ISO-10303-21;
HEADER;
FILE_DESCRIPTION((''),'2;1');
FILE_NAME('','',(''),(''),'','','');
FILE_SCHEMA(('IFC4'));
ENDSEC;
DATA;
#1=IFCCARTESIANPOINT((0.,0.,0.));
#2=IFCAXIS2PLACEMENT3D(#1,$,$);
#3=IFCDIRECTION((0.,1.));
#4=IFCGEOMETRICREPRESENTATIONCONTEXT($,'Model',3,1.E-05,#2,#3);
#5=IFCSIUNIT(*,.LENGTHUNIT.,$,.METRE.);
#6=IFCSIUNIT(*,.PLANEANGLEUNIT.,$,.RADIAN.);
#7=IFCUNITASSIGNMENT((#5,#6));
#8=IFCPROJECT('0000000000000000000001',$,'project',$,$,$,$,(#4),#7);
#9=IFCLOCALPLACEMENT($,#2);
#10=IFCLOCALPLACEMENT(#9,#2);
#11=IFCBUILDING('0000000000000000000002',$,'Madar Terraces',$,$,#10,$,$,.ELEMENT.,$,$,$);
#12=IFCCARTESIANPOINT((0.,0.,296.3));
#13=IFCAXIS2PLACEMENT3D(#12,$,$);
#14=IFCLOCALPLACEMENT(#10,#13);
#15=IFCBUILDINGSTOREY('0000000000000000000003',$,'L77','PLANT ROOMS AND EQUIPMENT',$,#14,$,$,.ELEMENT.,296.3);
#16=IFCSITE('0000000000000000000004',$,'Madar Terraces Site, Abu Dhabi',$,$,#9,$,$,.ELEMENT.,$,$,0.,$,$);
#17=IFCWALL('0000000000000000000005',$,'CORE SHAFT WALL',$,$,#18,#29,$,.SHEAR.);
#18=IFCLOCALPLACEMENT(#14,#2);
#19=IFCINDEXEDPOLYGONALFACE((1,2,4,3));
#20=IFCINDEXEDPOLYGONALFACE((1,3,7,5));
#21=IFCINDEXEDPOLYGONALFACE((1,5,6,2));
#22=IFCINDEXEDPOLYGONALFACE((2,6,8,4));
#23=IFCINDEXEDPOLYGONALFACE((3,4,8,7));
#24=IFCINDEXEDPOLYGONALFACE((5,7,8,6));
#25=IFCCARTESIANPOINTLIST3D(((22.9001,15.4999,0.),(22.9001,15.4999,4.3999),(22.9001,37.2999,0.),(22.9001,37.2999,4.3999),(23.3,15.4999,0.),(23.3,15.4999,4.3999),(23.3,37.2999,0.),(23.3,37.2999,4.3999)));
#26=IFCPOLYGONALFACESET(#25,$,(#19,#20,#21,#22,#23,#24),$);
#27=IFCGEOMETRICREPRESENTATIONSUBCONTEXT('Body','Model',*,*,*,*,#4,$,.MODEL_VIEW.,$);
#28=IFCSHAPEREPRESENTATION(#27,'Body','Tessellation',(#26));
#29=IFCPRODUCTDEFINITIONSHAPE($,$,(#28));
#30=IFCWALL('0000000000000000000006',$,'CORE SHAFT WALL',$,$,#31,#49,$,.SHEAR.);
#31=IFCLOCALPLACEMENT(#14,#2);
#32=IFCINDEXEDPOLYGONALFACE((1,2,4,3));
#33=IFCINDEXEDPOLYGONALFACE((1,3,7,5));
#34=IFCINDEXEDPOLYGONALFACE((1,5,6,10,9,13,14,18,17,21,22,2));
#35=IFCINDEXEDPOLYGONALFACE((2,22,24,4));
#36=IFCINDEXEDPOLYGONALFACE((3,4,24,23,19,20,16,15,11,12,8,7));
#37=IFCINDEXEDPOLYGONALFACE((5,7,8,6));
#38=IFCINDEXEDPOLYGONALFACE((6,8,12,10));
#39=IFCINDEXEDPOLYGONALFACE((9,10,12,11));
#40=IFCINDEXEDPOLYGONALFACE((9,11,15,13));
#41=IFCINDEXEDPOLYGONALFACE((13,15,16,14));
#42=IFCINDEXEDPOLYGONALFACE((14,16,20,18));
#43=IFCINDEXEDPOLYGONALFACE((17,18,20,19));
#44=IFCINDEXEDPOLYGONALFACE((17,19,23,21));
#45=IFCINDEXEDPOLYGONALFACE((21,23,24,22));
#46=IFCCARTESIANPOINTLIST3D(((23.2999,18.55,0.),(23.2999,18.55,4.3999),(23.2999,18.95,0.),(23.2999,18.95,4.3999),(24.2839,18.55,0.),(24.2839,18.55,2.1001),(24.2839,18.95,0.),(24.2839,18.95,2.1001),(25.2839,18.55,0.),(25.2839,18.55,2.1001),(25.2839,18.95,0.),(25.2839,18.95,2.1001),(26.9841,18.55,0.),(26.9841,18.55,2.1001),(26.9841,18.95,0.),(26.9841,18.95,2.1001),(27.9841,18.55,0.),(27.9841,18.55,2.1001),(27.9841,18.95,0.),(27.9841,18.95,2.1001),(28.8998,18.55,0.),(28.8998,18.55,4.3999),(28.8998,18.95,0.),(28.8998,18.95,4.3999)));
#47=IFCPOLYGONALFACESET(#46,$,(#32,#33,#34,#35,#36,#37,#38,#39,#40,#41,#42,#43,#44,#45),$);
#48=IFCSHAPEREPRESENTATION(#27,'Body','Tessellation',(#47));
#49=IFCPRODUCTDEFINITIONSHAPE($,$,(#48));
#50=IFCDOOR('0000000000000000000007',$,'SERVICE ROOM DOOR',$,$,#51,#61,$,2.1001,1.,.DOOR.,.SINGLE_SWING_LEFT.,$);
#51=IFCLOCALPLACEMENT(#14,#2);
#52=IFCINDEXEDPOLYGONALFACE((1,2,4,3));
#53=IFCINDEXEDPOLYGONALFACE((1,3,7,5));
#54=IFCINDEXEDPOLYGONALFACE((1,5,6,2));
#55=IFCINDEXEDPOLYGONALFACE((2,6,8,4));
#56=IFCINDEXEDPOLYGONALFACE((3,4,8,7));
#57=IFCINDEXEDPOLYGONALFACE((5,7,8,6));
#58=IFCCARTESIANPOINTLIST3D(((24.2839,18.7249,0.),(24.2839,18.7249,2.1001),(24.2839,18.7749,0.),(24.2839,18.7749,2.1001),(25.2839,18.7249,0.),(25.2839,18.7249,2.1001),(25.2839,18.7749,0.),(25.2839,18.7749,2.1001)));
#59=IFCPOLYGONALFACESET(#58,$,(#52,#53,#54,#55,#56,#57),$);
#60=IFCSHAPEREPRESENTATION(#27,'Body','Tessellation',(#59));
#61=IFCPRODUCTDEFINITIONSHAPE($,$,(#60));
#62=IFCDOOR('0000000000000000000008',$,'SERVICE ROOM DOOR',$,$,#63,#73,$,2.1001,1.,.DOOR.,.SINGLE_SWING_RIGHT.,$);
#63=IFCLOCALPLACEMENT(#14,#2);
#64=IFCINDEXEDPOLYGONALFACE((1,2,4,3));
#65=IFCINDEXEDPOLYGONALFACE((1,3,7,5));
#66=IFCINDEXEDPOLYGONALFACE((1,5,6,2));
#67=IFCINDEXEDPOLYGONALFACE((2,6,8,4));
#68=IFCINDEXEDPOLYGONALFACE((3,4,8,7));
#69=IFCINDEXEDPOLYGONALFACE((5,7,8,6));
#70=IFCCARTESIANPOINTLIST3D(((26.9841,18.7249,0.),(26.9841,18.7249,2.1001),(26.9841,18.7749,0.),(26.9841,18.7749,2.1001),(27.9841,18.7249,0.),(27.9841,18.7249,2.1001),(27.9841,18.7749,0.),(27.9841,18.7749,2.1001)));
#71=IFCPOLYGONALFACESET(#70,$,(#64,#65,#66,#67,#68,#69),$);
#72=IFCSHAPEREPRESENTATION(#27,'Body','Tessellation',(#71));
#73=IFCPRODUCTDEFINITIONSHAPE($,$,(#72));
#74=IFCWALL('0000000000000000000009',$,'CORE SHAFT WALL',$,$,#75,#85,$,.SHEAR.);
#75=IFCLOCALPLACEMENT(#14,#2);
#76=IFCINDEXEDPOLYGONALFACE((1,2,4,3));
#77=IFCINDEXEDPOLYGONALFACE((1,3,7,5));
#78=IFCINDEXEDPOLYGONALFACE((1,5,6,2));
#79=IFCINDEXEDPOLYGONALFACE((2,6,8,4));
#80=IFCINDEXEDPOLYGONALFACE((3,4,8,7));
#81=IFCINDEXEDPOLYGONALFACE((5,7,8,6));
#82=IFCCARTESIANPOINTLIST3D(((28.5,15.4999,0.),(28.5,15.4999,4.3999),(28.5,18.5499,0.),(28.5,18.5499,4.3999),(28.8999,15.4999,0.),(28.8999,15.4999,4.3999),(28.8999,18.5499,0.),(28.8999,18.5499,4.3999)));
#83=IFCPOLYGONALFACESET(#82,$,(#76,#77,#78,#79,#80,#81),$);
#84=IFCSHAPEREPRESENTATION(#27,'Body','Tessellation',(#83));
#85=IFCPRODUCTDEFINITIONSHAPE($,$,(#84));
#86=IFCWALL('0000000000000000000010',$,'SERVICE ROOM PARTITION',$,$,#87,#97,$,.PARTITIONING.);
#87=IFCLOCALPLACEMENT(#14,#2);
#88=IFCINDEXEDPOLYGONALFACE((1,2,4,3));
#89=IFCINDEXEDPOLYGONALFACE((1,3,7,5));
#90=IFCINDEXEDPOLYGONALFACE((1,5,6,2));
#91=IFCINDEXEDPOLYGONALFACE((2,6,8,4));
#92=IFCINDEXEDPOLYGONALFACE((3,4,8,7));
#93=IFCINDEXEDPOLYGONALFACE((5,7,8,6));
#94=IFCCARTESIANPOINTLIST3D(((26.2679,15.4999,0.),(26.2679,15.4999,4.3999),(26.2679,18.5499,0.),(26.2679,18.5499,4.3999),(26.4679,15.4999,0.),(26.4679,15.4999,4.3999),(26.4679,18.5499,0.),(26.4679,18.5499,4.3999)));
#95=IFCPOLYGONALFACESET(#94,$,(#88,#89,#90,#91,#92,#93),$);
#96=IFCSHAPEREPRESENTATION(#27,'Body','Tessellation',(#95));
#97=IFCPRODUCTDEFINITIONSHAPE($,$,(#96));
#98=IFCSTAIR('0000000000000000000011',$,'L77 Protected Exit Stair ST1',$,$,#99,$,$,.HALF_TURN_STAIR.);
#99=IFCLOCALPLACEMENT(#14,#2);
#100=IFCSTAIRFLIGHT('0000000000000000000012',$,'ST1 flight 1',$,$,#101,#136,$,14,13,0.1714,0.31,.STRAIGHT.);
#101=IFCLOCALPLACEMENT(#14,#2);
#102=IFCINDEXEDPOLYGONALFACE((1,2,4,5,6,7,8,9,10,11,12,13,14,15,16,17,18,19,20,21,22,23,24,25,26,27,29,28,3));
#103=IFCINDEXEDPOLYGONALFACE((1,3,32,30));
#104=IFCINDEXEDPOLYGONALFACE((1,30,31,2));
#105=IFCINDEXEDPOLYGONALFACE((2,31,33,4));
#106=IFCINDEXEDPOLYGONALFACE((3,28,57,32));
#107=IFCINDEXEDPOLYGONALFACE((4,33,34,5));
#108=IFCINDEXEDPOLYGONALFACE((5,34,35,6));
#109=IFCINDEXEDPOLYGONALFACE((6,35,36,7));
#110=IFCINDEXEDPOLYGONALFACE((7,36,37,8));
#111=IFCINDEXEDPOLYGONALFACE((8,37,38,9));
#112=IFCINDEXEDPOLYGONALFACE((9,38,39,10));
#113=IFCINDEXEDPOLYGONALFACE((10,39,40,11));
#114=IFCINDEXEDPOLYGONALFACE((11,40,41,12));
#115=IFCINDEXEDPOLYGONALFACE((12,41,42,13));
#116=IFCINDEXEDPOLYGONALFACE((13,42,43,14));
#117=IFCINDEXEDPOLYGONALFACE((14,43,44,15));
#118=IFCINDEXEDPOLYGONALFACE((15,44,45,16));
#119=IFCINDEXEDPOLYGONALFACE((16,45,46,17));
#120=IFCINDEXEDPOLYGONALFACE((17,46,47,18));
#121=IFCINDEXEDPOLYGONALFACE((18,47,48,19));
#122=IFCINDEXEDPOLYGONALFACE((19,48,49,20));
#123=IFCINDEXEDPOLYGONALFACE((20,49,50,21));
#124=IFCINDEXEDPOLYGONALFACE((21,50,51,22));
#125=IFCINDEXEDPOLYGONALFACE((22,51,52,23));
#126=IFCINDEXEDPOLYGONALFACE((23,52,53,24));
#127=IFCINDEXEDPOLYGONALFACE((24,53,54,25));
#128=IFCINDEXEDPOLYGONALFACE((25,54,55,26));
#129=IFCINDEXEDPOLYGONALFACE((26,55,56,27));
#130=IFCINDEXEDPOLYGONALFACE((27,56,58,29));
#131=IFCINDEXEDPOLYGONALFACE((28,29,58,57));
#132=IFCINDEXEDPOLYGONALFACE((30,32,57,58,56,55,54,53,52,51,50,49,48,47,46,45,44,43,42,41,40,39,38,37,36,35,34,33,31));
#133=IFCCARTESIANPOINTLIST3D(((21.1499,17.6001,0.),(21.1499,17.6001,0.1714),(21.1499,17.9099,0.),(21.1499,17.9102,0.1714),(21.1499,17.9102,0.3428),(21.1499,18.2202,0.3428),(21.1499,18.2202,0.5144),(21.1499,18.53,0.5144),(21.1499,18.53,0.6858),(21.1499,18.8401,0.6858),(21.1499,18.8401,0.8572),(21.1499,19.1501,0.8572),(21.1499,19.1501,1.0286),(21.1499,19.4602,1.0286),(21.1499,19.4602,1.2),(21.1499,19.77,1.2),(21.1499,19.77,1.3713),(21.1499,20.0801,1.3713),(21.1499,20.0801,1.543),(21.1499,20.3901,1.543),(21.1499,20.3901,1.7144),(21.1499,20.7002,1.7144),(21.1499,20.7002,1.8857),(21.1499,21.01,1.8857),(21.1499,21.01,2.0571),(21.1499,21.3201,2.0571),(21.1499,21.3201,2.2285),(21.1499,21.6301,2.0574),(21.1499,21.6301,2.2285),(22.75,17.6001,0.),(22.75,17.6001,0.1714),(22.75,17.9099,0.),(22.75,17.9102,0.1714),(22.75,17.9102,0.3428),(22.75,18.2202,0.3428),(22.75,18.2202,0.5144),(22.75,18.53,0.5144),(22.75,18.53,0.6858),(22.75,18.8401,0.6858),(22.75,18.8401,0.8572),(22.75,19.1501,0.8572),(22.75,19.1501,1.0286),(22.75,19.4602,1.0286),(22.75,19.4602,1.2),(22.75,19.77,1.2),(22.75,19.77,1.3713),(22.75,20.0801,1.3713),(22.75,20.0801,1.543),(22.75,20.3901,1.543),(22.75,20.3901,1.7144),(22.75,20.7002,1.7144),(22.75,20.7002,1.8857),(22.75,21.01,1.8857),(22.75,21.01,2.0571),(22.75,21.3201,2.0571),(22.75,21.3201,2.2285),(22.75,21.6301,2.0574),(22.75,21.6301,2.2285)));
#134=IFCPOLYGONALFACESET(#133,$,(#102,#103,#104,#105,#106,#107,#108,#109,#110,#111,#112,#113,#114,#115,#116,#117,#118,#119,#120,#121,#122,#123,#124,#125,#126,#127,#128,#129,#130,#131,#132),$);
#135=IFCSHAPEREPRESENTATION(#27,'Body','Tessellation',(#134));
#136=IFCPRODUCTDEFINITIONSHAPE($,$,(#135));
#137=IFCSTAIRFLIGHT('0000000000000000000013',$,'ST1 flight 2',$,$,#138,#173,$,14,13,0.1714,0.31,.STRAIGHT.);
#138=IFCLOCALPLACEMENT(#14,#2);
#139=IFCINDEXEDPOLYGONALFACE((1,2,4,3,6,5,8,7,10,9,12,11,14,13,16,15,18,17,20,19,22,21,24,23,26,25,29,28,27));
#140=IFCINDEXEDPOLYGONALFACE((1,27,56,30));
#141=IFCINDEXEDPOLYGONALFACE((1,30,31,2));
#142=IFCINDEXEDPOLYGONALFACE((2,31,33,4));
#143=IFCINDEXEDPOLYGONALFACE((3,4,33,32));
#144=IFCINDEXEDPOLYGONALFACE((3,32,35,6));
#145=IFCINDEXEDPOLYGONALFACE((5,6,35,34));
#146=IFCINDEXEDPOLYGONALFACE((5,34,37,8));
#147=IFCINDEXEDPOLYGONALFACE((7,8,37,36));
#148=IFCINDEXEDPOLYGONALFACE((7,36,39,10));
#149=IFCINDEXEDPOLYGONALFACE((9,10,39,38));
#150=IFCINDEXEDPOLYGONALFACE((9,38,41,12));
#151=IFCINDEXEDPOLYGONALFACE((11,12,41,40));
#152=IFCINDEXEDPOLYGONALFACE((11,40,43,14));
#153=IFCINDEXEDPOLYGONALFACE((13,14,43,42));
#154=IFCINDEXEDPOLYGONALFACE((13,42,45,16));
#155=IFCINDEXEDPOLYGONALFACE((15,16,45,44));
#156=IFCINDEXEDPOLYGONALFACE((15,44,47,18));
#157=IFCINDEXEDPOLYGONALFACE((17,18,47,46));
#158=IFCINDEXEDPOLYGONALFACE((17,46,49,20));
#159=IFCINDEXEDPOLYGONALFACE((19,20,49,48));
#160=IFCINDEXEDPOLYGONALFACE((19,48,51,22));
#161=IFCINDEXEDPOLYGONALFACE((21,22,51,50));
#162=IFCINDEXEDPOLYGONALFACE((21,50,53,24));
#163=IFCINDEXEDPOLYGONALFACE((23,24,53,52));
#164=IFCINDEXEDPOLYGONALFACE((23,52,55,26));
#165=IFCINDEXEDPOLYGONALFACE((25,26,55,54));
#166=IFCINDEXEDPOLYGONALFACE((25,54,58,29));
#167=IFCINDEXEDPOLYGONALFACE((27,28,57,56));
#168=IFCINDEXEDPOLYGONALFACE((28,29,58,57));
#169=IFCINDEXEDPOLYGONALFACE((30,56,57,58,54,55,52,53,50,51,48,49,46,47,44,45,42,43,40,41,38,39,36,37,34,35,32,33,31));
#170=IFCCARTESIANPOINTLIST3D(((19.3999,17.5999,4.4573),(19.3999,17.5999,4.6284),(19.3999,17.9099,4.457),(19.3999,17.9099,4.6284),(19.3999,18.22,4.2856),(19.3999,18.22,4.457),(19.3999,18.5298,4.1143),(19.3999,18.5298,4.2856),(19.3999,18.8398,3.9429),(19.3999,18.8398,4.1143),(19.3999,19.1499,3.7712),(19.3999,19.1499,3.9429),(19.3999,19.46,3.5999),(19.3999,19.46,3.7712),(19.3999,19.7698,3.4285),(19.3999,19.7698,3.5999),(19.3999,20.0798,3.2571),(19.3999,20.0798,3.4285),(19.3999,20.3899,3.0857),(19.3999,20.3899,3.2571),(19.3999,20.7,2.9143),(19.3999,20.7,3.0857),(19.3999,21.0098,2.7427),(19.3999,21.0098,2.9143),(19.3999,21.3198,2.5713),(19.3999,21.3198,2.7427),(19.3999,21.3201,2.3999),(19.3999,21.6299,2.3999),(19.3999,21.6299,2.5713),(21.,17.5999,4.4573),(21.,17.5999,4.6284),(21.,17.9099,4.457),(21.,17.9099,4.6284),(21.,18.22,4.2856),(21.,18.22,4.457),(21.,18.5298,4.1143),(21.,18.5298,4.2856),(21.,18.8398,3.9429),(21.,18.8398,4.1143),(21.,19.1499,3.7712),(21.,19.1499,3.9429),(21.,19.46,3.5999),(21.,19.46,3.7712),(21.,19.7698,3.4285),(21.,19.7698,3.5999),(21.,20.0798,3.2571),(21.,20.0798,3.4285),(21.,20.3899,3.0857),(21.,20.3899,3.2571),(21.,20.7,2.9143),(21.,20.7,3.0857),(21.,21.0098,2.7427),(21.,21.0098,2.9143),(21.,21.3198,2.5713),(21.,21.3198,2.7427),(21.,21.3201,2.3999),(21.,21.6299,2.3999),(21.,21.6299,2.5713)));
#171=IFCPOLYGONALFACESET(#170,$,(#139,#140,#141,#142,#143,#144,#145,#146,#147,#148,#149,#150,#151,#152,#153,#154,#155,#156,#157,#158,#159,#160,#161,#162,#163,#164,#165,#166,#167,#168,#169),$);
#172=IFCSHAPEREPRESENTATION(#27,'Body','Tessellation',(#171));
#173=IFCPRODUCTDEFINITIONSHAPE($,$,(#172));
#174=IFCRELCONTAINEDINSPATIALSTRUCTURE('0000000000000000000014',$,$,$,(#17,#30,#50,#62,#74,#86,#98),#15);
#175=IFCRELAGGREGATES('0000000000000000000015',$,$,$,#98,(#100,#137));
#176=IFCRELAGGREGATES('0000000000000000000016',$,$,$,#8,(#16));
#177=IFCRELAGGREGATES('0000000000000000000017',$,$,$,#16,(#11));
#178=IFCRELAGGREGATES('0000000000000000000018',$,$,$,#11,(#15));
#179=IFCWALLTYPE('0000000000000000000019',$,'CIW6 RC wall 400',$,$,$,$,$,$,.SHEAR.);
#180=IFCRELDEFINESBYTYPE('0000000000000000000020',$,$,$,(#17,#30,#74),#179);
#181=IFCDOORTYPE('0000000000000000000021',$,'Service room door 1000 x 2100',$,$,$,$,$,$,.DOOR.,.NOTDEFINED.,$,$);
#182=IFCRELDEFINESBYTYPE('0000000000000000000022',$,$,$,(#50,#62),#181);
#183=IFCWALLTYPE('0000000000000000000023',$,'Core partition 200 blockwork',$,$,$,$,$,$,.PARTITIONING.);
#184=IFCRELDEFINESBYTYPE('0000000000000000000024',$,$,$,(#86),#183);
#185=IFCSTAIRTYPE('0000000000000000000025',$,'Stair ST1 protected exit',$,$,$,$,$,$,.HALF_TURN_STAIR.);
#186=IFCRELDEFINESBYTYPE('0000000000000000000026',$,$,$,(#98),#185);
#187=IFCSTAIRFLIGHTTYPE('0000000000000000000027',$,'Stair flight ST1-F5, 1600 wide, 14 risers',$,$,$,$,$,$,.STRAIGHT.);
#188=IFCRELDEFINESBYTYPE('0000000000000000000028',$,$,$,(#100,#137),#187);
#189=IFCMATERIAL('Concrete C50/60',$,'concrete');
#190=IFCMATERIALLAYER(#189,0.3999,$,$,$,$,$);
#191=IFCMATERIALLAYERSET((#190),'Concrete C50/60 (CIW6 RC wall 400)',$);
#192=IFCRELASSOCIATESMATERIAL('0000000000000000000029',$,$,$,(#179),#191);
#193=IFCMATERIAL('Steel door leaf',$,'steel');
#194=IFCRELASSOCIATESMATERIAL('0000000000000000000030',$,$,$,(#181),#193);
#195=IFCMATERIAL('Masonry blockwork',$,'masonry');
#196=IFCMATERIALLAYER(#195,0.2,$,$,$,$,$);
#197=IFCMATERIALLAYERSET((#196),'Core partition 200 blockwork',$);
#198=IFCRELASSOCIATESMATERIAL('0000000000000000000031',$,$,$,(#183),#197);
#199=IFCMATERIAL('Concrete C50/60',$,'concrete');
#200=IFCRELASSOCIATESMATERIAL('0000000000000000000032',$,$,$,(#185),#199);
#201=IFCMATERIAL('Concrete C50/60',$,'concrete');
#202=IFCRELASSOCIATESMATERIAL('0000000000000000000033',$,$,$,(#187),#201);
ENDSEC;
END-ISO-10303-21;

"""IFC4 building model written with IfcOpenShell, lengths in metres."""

from ifc_helpers import new_model, si_unit, direction, frame, frame_2d, origin, place, context, subcontext, project, spatial, polyline, rectangle, outline, extrude, material, layer, layer_set, type_object, element, fill, aggregate, save


model = new_model("IFC4")

# Units and contexts
model_context = context("Model", 3, precision=1e-05, world=origin(), true_north=direction((0.0, 1.0)))
body_context = subcontext(model_context, "Body", "Model", "MODEL_VIEW")
ifc_project = project(units=[si_unit("LENGTHUNIT", "METRE"), si_unit("PLANEANGLEUNIT", "RADIAN")], contexts=[model_context])

# Site, building, storey
site_placement = place(None, origin())
site = spatial("IfcSite", under=ifc_project, at=site_placement, Name="Madar Terraces Site, Abu Dhabi", CompositionType="ELEMENT", RefElevation=0.0)
building_placement = place(site_placement, origin())
building = spatial("IfcBuilding", under=site, at=building_placement, Name="Madar Terraces", CompositionType="ELEMENT")
storey_placement = place(building_placement, frame((0.0, 0.0, 296.3)))
storey = spatial("IfcBuildingStorey", under=building, at=storey_placement, Name="L77", Description="PLANT ROOMS AND EQUIPMENT", CompositionType="ELEMENT", Elevation=296.3)

# Wall
ifc_material_1 = material(Name="Concrete C50/60", Category="concrete")
ifc_layer_1 = layer(ifc_material_1, 0.3999)
ifc_layer_set_1 = layer_set([ifc_layer_1], Name="Concrete C50/60 (CIW6 RC wall 400)")
wall_type_1 = type_object("IfcWallType", Name="CIW6 RC wall 400", PredefinedType="SHEAR", material=ifc_layer_set_1)
wall_1_placement = place(storey_placement, frame((23.1001, 15.5, 0.0), z_axis=(0.0, 0.0, 1.0), x_axis=(0.0, 1.0, 0.0)))
element("IfcWall", 1, at=wall_1_placement, inside=storey, type_object=wall_type_1, Name="CORE SHAFT WALL", PredefinedType="SHEAR", context=body_context, shape_type="SweptSolid", body=[
    extrude(rectangle(XDim=21.8, YDim=0.3999, at=frame_2d((10.8999, 0.0))), origin(), (0.0, 0.0, 1.0), 4.3999),
])

# Wall, openings, doors
wall_2_placement = place(storey_placement, frame((23.3, 18.75, 0.0), z_axis=(0.0, 0.0, 1.0), x_axis=(1.0, 0.0, 0.0)))
wall_2 = element("IfcWall", 2, at=wall_2_placement, inside=storey, type_object=wall_type_1, Name="CORE SHAFT WALL", PredefinedType="SHEAR", context=body_context, shape_type="SweptSolid", body=[
    extrude(rectangle(XDim=5.5999, YDim=0.3999, at=frame_2d((2.7998, 0.0))), origin(), (0.0, 0.0, 1.0), 4.3999),
])
opening_1_placement = place(wall_2_placement, frame((0.9839, 0.0, 0.0)))
opening_1 = element("IfcOpeningElement", 3, at=opening_1_placement, cuts=wall_2, PredefinedType="OPENING", context=body_context, shape_type="SweptSolid", body=[
    extrude(rectangle(XDim=1.0, YDim=2.1001, at=frame_2d((0.5, 1.05))), frame((0.0, 0.21, 0.0), z_axis=(0.0, -1.0, 0.0), x_axis=(1.0, 0.0, 0.0)), (0.0, 0.0, 1.0), 0.4199),
])
opening_2_placement = place(wall_2_placement, frame((3.6841, 0.0, 0.0)))
opening_2 = element("IfcOpeningElement", 4, at=opening_2_placement, cuts=wall_2, PredefinedType="OPENING", context=body_context, shape_type="SweptSolid", body=[
    extrude(rectangle(XDim=1.0, YDim=2.1001, at=frame_2d((0.5, 1.05))), frame((0.0, 0.21, 0.0), z_axis=(0.0, -1.0, 0.0), x_axis=(1.0, 0.0, 0.0)), (0.0, 0.0, 1.0), 0.4199),
])
ifc_material_2 = material(Name="Steel door leaf", Category="steel")
door_type = type_object("IfcDoorType", Name="Service room door 1000 x 2100", OperationType="NOTDEFINED", PredefinedType="DOOR", material=ifc_material_2)
door_1_placement = place(opening_1_placement, origin())
door_1 = element("IfcDoor", 5, at=door_1_placement, inside=storey, type_object=door_type, Name="SERVICE ROOM DOOR", OperationType="SINGLE_SWING_LEFT", OverallHeight=2.1001, OverallWidth=1.0, PredefinedType="DOOR", context=body_context, shape_type="SweptSolid", body=[
    extrude(rectangle(XDim=1.0, YDim=2.1001, at=frame_2d((0.5, 1.05))), frame((0.0, 0.0249, 0.0), z_axis=(0.0, -1.0, 0.0), x_axis=(1.0, 0.0, 0.0)), (0.0, 0.0, 1.0), 0.05),
])
fill(opening_1, door_1)
door_2_placement = place(opening_2_placement, origin())
door_2 = element("IfcDoor", 6, at=door_2_placement, inside=storey, type_object=door_type, Name="SERVICE ROOM DOOR", OperationType="SINGLE_SWING_RIGHT", OverallHeight=2.1001, OverallWidth=1.0, PredefinedType="DOOR", context=body_context, shape_type="SweptSolid", body=[
    extrude(rectangle(XDim=1.0, YDim=2.1001, at=frame_2d((0.5, 1.05))), frame((0.0, 0.0249, 0.0), z_axis=(0.0, -1.0, 0.0), x_axis=(1.0, 0.0, 0.0)), (0.0, 0.0, 1.0), 0.05),
])
fill(opening_2, door_2)

# Walls
wall_3_placement = place(storey_placement, frame((28.7, 15.5, 0.0), z_axis=(0.0, 0.0, 1.0), x_axis=(0.0, 1.0, 0.0)))
element("IfcWall", 7, at=wall_3_placement, inside=storey, type_object=wall_type_1, Name="CORE SHAFT WALL", PredefinedType="SHEAR", context=body_context, shape_type="SweptSolid", body=[
    extrude(rectangle(XDim=3.05, YDim=0.3999, at=frame_2d((1.5249, 0.0))), origin(), (0.0, 0.0, 1.0), 4.3999),
])
ifc_material_3 = material(Name="Masonry blockwork", Category="masonry")
ifc_layer_2 = layer(ifc_material_3, 0.2)
ifc_layer_set_2 = layer_set([ifc_layer_2], Name="Core partition 200 blockwork")
wall_type_2 = type_object("IfcWallType", Name="Core partition 200 blockwork", PredefinedType="PARTITIONING", material=ifc_layer_set_2)
wall_4_placement = place(storey_placement, frame((26.3679, 15.5, 0.0), z_axis=(0.0, 0.0, 1.0), x_axis=(0.0, 1.0, 0.0)))
element("IfcWall", 8, at=wall_4_placement, inside=storey, type_object=wall_type_2, Name="SERVICE ROOM PARTITION", PredefinedType="PARTITIONING", context=body_context, shape_type="SweptSolid", body=[
    extrude(rectangle(XDim=3.05, YDim=0.2, at=frame_2d((1.5249, 0.0))), origin(), (0.0, 0.0, 1.0), 4.3999),
])

# Stair, stair flights
ifc_material_4 = material(Name="Concrete C50/60", Category="concrete")
stair_type = type_object("IfcStairType", Name="Stair ST1 protected exit", PredefinedType="HALF_TURN_STAIR", material=ifc_material_4)
stair_placement = place(storey_placement, origin())
stair = element("IfcStair", 9, at=stair_placement, inside=storey, type_object=stair_type, Name="L77 Protected Exit Stair ST1", PredefinedType="HALF_TURN_STAIR")
ifc_material_5 = material(Name="Concrete C50/60", Category="concrete")
stair_flight_type = type_object("IfcStairFlightType", Name="Stair flight ST1-F5, 1600 wide, 14 risers", PredefinedType="STRAIGHT", material=ifc_material_5)
stair_flight_1_placement = place(storey_placement, frame((21.95, 17.6001, 0.0), z_axis=(0.0, 0.0, 1.0), x_axis=(0.0, 1.0, 0.0)))
stair_flight_1 = element("IfcStairFlight", 10, at=stair_flight_1_placement, type_object=stair_flight_type, Name="ST1 flight 1", NumberOfRisers=14, NumberOfTreads=13, PredefinedType="STRAIGHT", RiserHeight=0.1714, TreadLength=0.31, context=body_context, shape_type="SweptSolid", body=[
    extrude(outline(polyline([(0.0, 0.0), (0.0, 0.1714), (0.3101, 0.1714), (0.3101, 0.3428), (0.6201, 0.3428), (0.6201, 0.5144), (0.9299, 0.5144), (0.9299, 0.6858), (1.24, 0.6858), (1.24, 0.8572), (1.55, 0.8572), (1.55, 1.0286), (1.8601, 1.0286), (1.8601, 1.2), (2.1699, 1.2), (2.1699, 1.3713), (2.48, 1.3713), (2.48, 1.543), (2.79, 1.543), (2.79, 1.7144), (3.1001, 1.7144), (3.1001, 1.8857), (3.4099, 1.8857), (3.4099, 2.0571), (3.72, 2.0571), (3.72, 2.2285), (4.03, 2.2285), (4.03, 2.3999), (4.03, 2.0574), (0.3098, 0.0), (0.0, 0.0)])), frame((0.0, 0.8, 0.0), z_axis=(0.0, -1.0, 0.0), x_axis=(1.0, 0.0, 0.0)), (0.0, 0.0, 1.0), 1.6001),
])
stair_flight_2_placement = place(storey_placement, frame((20.2, 21.6299, 2.3999), z_axis=(0.0, 0.0, 1.0), x_axis=(0.0, -1.0, 0.0)))
stair_flight_2 = element("IfcStairFlight", 11, at=stair_flight_2_placement, type_object=stair_flight_type, Name="ST1 flight 2", NumberOfRisers=14, NumberOfTreads=13, PredefinedType="STRAIGHT", RiserHeight=0.1714, TreadLength=0.31, context=body_context, shape_type="SweptSolid", body=[
    extrude(outline(polyline([(0.0, 0.0), (0.0, 0.1714), (0.3101, 0.1714), (0.3101, 0.3428), (0.6201, 0.3428), (0.6201, 0.5144), (0.9299, 0.5144), (0.9299, 0.6858), (1.24, 0.6858), (1.24, 0.8572), (1.55, 0.8572), (1.55, 1.0286), (1.8601, 1.0286), (1.8601, 1.2), (2.1699, 1.2), (2.1699, 1.3713), (2.48, 1.3713), (2.48, 1.543), (2.79, 1.543), (2.79, 1.7144), (3.1001, 1.7144), (3.1001, 1.8857), (3.4099, 1.8857), (3.4099, 2.0571), (3.72, 2.0571), (3.72, 2.2285), (4.03, 2.2285), (4.03, 2.3999), (4.03, 2.0574), (0.3098, 0.0), (0.0, 0.0)])), frame((0.0, 0.8, 0.0), z_axis=(0.0, -1.0, 0.0), x_axis=(1.0, 0.0, 0.0)), (0.0, 0.0, 1.0), 1.6001),
])
aggregate(stair, [stair_flight_1, stair_flight_2])

save(model, "model.ifc")
